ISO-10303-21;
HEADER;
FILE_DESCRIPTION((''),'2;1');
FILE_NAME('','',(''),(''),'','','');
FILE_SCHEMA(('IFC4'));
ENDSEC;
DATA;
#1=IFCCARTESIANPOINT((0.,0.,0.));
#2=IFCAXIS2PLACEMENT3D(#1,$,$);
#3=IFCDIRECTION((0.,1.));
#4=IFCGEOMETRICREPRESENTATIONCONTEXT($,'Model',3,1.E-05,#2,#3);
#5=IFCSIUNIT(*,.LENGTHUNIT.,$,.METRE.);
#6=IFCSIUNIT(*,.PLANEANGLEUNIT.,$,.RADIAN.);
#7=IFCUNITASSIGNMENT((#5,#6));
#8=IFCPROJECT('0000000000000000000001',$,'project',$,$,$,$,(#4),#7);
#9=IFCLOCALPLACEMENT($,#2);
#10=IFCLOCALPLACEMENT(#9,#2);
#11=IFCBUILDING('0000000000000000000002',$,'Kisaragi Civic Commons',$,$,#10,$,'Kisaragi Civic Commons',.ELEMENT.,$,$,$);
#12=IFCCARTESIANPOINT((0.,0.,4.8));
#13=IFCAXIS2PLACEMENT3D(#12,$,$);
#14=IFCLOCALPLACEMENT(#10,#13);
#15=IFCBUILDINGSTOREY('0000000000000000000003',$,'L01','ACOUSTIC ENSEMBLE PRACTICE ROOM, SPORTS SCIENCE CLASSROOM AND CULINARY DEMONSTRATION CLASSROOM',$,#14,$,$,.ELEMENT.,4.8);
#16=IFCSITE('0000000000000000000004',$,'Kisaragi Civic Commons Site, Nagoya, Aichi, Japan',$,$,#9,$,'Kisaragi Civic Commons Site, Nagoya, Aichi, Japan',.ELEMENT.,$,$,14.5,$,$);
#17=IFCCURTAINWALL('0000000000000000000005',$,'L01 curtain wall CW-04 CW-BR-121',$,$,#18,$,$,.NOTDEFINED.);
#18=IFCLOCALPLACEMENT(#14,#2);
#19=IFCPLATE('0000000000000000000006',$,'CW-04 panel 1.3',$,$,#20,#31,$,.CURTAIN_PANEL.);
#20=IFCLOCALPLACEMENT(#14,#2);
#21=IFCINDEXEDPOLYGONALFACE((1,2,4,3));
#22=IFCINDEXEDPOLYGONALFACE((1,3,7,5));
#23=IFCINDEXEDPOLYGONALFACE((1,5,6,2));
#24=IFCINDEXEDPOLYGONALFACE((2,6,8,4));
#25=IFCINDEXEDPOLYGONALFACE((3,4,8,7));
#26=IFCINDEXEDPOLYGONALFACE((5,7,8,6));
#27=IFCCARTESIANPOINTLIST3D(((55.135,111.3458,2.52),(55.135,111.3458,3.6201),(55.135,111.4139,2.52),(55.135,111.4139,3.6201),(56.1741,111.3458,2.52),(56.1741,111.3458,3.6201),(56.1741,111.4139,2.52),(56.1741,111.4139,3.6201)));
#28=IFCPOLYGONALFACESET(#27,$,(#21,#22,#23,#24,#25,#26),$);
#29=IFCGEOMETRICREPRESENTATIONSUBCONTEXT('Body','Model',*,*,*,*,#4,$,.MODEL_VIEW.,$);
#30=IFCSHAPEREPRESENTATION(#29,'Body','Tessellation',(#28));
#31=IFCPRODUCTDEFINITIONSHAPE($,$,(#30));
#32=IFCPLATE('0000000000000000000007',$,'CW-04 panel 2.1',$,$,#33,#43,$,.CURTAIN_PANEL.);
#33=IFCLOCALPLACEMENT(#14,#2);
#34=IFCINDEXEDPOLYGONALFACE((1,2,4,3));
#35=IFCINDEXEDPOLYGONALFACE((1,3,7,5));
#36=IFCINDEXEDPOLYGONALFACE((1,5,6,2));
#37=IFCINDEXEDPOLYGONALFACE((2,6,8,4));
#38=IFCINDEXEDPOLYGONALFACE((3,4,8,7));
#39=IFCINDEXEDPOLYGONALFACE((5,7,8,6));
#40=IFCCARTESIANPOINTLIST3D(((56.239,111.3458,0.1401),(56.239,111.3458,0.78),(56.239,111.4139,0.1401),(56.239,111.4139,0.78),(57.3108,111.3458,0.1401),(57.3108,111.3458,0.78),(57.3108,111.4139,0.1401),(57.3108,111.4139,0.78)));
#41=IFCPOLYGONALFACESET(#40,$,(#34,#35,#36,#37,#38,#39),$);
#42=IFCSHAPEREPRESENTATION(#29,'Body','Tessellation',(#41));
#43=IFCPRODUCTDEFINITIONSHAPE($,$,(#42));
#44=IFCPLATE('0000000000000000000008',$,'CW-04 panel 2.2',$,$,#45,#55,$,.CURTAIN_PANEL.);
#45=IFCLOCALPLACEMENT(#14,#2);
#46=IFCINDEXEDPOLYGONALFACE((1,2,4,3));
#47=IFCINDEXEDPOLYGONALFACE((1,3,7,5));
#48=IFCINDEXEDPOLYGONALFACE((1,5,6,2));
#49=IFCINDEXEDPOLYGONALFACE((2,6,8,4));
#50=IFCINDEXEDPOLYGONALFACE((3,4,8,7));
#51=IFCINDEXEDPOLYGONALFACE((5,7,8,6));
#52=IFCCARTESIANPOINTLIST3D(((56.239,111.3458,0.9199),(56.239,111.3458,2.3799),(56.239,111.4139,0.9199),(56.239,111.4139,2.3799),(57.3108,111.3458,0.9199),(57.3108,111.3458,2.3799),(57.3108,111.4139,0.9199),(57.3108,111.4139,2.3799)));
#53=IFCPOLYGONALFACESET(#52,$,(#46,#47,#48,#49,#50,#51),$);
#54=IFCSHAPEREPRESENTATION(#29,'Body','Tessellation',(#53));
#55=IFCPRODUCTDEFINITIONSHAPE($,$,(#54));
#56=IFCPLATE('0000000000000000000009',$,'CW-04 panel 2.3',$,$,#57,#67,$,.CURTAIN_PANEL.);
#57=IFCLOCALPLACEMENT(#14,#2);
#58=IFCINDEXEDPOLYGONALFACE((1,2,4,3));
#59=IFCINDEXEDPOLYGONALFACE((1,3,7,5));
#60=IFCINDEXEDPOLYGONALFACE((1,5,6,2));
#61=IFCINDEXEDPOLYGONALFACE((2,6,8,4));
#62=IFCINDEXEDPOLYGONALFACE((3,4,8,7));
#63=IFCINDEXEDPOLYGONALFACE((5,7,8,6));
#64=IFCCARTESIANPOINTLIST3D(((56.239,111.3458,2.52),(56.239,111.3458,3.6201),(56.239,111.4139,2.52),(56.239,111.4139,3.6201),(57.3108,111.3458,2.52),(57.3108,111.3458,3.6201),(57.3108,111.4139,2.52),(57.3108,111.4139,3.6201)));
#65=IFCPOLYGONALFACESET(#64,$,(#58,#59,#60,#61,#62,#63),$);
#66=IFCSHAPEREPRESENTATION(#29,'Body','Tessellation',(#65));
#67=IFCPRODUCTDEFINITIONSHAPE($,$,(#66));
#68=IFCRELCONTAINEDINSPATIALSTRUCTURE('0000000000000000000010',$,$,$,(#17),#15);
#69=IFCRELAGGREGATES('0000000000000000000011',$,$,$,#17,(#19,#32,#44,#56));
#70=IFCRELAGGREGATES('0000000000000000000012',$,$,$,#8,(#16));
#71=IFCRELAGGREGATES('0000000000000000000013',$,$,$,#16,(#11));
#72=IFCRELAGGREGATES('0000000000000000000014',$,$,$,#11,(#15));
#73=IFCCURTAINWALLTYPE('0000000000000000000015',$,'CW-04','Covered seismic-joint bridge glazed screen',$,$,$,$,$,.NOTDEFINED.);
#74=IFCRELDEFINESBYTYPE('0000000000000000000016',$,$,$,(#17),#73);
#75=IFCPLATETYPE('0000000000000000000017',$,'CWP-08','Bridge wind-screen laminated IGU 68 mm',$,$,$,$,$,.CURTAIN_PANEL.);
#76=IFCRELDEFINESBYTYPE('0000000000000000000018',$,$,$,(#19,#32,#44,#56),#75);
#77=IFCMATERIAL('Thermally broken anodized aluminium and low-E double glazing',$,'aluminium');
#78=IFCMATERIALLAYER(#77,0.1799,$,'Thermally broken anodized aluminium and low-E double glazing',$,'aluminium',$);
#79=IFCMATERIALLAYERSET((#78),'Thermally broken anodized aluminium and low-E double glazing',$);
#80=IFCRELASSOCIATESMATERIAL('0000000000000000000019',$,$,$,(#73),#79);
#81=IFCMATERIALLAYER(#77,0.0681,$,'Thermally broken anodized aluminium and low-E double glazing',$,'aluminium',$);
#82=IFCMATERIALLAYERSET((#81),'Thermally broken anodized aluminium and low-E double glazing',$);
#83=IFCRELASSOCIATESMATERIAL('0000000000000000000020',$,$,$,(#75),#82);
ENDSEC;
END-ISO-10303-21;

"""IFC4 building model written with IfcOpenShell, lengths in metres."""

from ifc_helpers import new_model, si_unit, direction, frame, origin, origin_2d, place, context, subcontext, project, spatial, rectangle, extrude, material, layer, layer_set, type_object, element, aggregate, save


model = new_model("IFC4")

# Units and contexts
model_context = context("Model", 3, precision=1e-05, world=origin(), true_north=direction((0.0, 1.0)))
body_context = subcontext(model_context, "Body", "Model", "MODEL_VIEW")
ifc_project = project(units=[si_unit("LENGTHUNIT", "METRE"), si_unit("PLANEANGLEUNIT", "RADIAN")], contexts=[model_context])

# Site, building, storey
site_placement = place(None, origin())
site = spatial("IfcSite", under=ifc_project, at=site_placement, Name="Kisaragi Civic Commons Site, Nagoya, Aichi, Japan", LongName="Kisaragi Civic Commons Site, Nagoya, Aichi, Japan", CompositionType="ELEMENT", RefElevation=14.5)
building_placement = place(site_placement, origin())
building = spatial("IfcBuilding", under=site, at=building_placement, Name="Kisaragi Civic Commons", LongName="Kisaragi Civic Commons", CompositionType="ELEMENT")
storey_placement = place(building_placement, frame((0.0, 0.0, 4.8)))
storey = spatial("IfcBuildingStorey", under=building, at=storey_placement, Name="L01", Description="ACOUSTIC ENSEMBLE PRACTICE ROOM, SPORTS SCIENCE CLASSROOM AND CULINARY DEMONSTRATION CLASSROOM", CompositionType="ELEMENT", Elevation=4.8)

# Curtain wall
ifc_material = material(Name="Thermally broken anodized aluminium and low-E double glazing", Category="aluminium")
ifc_layer_1 = layer(ifc_material, 0.1799, Name="Thermally broken anodized aluminium and low-E double glazing", Category="aluminium")
ifc_layer_set_1 = layer_set([ifc_layer_1], Name="Thermally broken anodized aluminium and low-E double glazing")
curtain_wall_type = type_object("IfcCurtainWallType", Name="CW-04", Description="Covered seismic-joint bridge glazed screen", PredefinedType="NOTDEFINED", material=ifc_layer_set_1)
curtain_wall_1_placement = place(storey_placement, origin())
curtain_wall_1 = element("IfcCurtainWall", 1, at=curtain_wall_1_placement, inside=storey, type_object=curtain_wall_type, Name="L01 curtain wall CW-04 CW-BR-121", PredefinedType="NOTDEFINED")

# Shared definitions
ifc_layer_2 = layer(ifc_material, 0.0681, Name="Thermally broken anodized aluminium and low-E double glazing", Category="aluminium")
ifc_layer_set_2 = layer_set([ifc_layer_2], Name="Thermally broken anodized aluminium and low-E double glazing")
plate_type = type_object("IfcPlateType", Name="CWP-08", Description="Bridge wind-screen laminated IGU 68 mm", PredefinedType="CURTAIN_PANEL", material=ifc_layer_set_2)

# Plates
plate_1_placement = place(storey_placement, frame((55.6545, 111.3799, 2.52), z_axis=(0.0, 0.0, 1.0), x_axis=(1.0, 0.0, 0.0)))
plate_1 = element("IfcPlate", 2, at=plate_1_placement, type_object=plate_type, Name="CW-04 panel 1.3", PredefinedType="CURTAIN_PANEL", context=body_context, shape_type="SweptSolid", body=[
    extrude(rectangle(XDim=1.0391, YDim=0.0681, at=origin_2d()), origin(), (0.0, 0.0, 1.0), 1.1001),
])
plate_2_placement = place(storey_placement, frame((56.7749, 111.3799, 0.1401), z_axis=(0.0, 0.0, 1.0), x_axis=(1.0, 0.0, 0.0)))
plate_2 = element("IfcPlate", 3, at=plate_2_placement, type_object=plate_type, Name="CW-04 panel 2.1", PredefinedType="CURTAIN_PANEL", context=body_context, shape_type="SweptSolid", body=[
    extrude(rectangle(XDim=1.0718, YDim=0.0681, at=origin_2d()), origin(), (0.0, 0.0, 1.0), 0.6399),
])
plate_3_placement = place(storey_placement, frame((56.7749, 111.3799, 0.9199), z_axis=(0.0, 0.0, 1.0), x_axis=(1.0, 0.0, 0.0)))
plate_3 = element("IfcPlate", 4, at=plate_3_placement, type_object=plate_type, Name="CW-04 panel 2.2", PredefinedType="CURTAIN_PANEL", context=body_context, shape_type="SweptSolid", body=[
    extrude(rectangle(XDim=1.0718, YDim=0.0681, at=origin_2d()), origin(), (0.0, 0.0, 1.0), 1.46),
])
plate_4_placement = place(storey_placement, frame((56.7749, 111.3799, 2.52), z_axis=(0.0, 0.0, 1.0), x_axis=(1.0, 0.0, 0.0)))
plate_4 = element("IfcPlate", 5, at=plate_4_placement, type_object=plate_type, Name="CW-04 panel 2.3", PredefinedType="CURTAIN_PANEL", context=body_context, shape_type="SweptSolid", body=[
    extrude(rectangle(XDim=1.0718, YDim=0.0681, at=origin_2d()), origin(), (0.0, 0.0, 1.0), 1.1001),
])
aggregate(curtain_wall_1, [plate_1, plate_2, plate_3, plate_4])

save(model, "model.ifc")
